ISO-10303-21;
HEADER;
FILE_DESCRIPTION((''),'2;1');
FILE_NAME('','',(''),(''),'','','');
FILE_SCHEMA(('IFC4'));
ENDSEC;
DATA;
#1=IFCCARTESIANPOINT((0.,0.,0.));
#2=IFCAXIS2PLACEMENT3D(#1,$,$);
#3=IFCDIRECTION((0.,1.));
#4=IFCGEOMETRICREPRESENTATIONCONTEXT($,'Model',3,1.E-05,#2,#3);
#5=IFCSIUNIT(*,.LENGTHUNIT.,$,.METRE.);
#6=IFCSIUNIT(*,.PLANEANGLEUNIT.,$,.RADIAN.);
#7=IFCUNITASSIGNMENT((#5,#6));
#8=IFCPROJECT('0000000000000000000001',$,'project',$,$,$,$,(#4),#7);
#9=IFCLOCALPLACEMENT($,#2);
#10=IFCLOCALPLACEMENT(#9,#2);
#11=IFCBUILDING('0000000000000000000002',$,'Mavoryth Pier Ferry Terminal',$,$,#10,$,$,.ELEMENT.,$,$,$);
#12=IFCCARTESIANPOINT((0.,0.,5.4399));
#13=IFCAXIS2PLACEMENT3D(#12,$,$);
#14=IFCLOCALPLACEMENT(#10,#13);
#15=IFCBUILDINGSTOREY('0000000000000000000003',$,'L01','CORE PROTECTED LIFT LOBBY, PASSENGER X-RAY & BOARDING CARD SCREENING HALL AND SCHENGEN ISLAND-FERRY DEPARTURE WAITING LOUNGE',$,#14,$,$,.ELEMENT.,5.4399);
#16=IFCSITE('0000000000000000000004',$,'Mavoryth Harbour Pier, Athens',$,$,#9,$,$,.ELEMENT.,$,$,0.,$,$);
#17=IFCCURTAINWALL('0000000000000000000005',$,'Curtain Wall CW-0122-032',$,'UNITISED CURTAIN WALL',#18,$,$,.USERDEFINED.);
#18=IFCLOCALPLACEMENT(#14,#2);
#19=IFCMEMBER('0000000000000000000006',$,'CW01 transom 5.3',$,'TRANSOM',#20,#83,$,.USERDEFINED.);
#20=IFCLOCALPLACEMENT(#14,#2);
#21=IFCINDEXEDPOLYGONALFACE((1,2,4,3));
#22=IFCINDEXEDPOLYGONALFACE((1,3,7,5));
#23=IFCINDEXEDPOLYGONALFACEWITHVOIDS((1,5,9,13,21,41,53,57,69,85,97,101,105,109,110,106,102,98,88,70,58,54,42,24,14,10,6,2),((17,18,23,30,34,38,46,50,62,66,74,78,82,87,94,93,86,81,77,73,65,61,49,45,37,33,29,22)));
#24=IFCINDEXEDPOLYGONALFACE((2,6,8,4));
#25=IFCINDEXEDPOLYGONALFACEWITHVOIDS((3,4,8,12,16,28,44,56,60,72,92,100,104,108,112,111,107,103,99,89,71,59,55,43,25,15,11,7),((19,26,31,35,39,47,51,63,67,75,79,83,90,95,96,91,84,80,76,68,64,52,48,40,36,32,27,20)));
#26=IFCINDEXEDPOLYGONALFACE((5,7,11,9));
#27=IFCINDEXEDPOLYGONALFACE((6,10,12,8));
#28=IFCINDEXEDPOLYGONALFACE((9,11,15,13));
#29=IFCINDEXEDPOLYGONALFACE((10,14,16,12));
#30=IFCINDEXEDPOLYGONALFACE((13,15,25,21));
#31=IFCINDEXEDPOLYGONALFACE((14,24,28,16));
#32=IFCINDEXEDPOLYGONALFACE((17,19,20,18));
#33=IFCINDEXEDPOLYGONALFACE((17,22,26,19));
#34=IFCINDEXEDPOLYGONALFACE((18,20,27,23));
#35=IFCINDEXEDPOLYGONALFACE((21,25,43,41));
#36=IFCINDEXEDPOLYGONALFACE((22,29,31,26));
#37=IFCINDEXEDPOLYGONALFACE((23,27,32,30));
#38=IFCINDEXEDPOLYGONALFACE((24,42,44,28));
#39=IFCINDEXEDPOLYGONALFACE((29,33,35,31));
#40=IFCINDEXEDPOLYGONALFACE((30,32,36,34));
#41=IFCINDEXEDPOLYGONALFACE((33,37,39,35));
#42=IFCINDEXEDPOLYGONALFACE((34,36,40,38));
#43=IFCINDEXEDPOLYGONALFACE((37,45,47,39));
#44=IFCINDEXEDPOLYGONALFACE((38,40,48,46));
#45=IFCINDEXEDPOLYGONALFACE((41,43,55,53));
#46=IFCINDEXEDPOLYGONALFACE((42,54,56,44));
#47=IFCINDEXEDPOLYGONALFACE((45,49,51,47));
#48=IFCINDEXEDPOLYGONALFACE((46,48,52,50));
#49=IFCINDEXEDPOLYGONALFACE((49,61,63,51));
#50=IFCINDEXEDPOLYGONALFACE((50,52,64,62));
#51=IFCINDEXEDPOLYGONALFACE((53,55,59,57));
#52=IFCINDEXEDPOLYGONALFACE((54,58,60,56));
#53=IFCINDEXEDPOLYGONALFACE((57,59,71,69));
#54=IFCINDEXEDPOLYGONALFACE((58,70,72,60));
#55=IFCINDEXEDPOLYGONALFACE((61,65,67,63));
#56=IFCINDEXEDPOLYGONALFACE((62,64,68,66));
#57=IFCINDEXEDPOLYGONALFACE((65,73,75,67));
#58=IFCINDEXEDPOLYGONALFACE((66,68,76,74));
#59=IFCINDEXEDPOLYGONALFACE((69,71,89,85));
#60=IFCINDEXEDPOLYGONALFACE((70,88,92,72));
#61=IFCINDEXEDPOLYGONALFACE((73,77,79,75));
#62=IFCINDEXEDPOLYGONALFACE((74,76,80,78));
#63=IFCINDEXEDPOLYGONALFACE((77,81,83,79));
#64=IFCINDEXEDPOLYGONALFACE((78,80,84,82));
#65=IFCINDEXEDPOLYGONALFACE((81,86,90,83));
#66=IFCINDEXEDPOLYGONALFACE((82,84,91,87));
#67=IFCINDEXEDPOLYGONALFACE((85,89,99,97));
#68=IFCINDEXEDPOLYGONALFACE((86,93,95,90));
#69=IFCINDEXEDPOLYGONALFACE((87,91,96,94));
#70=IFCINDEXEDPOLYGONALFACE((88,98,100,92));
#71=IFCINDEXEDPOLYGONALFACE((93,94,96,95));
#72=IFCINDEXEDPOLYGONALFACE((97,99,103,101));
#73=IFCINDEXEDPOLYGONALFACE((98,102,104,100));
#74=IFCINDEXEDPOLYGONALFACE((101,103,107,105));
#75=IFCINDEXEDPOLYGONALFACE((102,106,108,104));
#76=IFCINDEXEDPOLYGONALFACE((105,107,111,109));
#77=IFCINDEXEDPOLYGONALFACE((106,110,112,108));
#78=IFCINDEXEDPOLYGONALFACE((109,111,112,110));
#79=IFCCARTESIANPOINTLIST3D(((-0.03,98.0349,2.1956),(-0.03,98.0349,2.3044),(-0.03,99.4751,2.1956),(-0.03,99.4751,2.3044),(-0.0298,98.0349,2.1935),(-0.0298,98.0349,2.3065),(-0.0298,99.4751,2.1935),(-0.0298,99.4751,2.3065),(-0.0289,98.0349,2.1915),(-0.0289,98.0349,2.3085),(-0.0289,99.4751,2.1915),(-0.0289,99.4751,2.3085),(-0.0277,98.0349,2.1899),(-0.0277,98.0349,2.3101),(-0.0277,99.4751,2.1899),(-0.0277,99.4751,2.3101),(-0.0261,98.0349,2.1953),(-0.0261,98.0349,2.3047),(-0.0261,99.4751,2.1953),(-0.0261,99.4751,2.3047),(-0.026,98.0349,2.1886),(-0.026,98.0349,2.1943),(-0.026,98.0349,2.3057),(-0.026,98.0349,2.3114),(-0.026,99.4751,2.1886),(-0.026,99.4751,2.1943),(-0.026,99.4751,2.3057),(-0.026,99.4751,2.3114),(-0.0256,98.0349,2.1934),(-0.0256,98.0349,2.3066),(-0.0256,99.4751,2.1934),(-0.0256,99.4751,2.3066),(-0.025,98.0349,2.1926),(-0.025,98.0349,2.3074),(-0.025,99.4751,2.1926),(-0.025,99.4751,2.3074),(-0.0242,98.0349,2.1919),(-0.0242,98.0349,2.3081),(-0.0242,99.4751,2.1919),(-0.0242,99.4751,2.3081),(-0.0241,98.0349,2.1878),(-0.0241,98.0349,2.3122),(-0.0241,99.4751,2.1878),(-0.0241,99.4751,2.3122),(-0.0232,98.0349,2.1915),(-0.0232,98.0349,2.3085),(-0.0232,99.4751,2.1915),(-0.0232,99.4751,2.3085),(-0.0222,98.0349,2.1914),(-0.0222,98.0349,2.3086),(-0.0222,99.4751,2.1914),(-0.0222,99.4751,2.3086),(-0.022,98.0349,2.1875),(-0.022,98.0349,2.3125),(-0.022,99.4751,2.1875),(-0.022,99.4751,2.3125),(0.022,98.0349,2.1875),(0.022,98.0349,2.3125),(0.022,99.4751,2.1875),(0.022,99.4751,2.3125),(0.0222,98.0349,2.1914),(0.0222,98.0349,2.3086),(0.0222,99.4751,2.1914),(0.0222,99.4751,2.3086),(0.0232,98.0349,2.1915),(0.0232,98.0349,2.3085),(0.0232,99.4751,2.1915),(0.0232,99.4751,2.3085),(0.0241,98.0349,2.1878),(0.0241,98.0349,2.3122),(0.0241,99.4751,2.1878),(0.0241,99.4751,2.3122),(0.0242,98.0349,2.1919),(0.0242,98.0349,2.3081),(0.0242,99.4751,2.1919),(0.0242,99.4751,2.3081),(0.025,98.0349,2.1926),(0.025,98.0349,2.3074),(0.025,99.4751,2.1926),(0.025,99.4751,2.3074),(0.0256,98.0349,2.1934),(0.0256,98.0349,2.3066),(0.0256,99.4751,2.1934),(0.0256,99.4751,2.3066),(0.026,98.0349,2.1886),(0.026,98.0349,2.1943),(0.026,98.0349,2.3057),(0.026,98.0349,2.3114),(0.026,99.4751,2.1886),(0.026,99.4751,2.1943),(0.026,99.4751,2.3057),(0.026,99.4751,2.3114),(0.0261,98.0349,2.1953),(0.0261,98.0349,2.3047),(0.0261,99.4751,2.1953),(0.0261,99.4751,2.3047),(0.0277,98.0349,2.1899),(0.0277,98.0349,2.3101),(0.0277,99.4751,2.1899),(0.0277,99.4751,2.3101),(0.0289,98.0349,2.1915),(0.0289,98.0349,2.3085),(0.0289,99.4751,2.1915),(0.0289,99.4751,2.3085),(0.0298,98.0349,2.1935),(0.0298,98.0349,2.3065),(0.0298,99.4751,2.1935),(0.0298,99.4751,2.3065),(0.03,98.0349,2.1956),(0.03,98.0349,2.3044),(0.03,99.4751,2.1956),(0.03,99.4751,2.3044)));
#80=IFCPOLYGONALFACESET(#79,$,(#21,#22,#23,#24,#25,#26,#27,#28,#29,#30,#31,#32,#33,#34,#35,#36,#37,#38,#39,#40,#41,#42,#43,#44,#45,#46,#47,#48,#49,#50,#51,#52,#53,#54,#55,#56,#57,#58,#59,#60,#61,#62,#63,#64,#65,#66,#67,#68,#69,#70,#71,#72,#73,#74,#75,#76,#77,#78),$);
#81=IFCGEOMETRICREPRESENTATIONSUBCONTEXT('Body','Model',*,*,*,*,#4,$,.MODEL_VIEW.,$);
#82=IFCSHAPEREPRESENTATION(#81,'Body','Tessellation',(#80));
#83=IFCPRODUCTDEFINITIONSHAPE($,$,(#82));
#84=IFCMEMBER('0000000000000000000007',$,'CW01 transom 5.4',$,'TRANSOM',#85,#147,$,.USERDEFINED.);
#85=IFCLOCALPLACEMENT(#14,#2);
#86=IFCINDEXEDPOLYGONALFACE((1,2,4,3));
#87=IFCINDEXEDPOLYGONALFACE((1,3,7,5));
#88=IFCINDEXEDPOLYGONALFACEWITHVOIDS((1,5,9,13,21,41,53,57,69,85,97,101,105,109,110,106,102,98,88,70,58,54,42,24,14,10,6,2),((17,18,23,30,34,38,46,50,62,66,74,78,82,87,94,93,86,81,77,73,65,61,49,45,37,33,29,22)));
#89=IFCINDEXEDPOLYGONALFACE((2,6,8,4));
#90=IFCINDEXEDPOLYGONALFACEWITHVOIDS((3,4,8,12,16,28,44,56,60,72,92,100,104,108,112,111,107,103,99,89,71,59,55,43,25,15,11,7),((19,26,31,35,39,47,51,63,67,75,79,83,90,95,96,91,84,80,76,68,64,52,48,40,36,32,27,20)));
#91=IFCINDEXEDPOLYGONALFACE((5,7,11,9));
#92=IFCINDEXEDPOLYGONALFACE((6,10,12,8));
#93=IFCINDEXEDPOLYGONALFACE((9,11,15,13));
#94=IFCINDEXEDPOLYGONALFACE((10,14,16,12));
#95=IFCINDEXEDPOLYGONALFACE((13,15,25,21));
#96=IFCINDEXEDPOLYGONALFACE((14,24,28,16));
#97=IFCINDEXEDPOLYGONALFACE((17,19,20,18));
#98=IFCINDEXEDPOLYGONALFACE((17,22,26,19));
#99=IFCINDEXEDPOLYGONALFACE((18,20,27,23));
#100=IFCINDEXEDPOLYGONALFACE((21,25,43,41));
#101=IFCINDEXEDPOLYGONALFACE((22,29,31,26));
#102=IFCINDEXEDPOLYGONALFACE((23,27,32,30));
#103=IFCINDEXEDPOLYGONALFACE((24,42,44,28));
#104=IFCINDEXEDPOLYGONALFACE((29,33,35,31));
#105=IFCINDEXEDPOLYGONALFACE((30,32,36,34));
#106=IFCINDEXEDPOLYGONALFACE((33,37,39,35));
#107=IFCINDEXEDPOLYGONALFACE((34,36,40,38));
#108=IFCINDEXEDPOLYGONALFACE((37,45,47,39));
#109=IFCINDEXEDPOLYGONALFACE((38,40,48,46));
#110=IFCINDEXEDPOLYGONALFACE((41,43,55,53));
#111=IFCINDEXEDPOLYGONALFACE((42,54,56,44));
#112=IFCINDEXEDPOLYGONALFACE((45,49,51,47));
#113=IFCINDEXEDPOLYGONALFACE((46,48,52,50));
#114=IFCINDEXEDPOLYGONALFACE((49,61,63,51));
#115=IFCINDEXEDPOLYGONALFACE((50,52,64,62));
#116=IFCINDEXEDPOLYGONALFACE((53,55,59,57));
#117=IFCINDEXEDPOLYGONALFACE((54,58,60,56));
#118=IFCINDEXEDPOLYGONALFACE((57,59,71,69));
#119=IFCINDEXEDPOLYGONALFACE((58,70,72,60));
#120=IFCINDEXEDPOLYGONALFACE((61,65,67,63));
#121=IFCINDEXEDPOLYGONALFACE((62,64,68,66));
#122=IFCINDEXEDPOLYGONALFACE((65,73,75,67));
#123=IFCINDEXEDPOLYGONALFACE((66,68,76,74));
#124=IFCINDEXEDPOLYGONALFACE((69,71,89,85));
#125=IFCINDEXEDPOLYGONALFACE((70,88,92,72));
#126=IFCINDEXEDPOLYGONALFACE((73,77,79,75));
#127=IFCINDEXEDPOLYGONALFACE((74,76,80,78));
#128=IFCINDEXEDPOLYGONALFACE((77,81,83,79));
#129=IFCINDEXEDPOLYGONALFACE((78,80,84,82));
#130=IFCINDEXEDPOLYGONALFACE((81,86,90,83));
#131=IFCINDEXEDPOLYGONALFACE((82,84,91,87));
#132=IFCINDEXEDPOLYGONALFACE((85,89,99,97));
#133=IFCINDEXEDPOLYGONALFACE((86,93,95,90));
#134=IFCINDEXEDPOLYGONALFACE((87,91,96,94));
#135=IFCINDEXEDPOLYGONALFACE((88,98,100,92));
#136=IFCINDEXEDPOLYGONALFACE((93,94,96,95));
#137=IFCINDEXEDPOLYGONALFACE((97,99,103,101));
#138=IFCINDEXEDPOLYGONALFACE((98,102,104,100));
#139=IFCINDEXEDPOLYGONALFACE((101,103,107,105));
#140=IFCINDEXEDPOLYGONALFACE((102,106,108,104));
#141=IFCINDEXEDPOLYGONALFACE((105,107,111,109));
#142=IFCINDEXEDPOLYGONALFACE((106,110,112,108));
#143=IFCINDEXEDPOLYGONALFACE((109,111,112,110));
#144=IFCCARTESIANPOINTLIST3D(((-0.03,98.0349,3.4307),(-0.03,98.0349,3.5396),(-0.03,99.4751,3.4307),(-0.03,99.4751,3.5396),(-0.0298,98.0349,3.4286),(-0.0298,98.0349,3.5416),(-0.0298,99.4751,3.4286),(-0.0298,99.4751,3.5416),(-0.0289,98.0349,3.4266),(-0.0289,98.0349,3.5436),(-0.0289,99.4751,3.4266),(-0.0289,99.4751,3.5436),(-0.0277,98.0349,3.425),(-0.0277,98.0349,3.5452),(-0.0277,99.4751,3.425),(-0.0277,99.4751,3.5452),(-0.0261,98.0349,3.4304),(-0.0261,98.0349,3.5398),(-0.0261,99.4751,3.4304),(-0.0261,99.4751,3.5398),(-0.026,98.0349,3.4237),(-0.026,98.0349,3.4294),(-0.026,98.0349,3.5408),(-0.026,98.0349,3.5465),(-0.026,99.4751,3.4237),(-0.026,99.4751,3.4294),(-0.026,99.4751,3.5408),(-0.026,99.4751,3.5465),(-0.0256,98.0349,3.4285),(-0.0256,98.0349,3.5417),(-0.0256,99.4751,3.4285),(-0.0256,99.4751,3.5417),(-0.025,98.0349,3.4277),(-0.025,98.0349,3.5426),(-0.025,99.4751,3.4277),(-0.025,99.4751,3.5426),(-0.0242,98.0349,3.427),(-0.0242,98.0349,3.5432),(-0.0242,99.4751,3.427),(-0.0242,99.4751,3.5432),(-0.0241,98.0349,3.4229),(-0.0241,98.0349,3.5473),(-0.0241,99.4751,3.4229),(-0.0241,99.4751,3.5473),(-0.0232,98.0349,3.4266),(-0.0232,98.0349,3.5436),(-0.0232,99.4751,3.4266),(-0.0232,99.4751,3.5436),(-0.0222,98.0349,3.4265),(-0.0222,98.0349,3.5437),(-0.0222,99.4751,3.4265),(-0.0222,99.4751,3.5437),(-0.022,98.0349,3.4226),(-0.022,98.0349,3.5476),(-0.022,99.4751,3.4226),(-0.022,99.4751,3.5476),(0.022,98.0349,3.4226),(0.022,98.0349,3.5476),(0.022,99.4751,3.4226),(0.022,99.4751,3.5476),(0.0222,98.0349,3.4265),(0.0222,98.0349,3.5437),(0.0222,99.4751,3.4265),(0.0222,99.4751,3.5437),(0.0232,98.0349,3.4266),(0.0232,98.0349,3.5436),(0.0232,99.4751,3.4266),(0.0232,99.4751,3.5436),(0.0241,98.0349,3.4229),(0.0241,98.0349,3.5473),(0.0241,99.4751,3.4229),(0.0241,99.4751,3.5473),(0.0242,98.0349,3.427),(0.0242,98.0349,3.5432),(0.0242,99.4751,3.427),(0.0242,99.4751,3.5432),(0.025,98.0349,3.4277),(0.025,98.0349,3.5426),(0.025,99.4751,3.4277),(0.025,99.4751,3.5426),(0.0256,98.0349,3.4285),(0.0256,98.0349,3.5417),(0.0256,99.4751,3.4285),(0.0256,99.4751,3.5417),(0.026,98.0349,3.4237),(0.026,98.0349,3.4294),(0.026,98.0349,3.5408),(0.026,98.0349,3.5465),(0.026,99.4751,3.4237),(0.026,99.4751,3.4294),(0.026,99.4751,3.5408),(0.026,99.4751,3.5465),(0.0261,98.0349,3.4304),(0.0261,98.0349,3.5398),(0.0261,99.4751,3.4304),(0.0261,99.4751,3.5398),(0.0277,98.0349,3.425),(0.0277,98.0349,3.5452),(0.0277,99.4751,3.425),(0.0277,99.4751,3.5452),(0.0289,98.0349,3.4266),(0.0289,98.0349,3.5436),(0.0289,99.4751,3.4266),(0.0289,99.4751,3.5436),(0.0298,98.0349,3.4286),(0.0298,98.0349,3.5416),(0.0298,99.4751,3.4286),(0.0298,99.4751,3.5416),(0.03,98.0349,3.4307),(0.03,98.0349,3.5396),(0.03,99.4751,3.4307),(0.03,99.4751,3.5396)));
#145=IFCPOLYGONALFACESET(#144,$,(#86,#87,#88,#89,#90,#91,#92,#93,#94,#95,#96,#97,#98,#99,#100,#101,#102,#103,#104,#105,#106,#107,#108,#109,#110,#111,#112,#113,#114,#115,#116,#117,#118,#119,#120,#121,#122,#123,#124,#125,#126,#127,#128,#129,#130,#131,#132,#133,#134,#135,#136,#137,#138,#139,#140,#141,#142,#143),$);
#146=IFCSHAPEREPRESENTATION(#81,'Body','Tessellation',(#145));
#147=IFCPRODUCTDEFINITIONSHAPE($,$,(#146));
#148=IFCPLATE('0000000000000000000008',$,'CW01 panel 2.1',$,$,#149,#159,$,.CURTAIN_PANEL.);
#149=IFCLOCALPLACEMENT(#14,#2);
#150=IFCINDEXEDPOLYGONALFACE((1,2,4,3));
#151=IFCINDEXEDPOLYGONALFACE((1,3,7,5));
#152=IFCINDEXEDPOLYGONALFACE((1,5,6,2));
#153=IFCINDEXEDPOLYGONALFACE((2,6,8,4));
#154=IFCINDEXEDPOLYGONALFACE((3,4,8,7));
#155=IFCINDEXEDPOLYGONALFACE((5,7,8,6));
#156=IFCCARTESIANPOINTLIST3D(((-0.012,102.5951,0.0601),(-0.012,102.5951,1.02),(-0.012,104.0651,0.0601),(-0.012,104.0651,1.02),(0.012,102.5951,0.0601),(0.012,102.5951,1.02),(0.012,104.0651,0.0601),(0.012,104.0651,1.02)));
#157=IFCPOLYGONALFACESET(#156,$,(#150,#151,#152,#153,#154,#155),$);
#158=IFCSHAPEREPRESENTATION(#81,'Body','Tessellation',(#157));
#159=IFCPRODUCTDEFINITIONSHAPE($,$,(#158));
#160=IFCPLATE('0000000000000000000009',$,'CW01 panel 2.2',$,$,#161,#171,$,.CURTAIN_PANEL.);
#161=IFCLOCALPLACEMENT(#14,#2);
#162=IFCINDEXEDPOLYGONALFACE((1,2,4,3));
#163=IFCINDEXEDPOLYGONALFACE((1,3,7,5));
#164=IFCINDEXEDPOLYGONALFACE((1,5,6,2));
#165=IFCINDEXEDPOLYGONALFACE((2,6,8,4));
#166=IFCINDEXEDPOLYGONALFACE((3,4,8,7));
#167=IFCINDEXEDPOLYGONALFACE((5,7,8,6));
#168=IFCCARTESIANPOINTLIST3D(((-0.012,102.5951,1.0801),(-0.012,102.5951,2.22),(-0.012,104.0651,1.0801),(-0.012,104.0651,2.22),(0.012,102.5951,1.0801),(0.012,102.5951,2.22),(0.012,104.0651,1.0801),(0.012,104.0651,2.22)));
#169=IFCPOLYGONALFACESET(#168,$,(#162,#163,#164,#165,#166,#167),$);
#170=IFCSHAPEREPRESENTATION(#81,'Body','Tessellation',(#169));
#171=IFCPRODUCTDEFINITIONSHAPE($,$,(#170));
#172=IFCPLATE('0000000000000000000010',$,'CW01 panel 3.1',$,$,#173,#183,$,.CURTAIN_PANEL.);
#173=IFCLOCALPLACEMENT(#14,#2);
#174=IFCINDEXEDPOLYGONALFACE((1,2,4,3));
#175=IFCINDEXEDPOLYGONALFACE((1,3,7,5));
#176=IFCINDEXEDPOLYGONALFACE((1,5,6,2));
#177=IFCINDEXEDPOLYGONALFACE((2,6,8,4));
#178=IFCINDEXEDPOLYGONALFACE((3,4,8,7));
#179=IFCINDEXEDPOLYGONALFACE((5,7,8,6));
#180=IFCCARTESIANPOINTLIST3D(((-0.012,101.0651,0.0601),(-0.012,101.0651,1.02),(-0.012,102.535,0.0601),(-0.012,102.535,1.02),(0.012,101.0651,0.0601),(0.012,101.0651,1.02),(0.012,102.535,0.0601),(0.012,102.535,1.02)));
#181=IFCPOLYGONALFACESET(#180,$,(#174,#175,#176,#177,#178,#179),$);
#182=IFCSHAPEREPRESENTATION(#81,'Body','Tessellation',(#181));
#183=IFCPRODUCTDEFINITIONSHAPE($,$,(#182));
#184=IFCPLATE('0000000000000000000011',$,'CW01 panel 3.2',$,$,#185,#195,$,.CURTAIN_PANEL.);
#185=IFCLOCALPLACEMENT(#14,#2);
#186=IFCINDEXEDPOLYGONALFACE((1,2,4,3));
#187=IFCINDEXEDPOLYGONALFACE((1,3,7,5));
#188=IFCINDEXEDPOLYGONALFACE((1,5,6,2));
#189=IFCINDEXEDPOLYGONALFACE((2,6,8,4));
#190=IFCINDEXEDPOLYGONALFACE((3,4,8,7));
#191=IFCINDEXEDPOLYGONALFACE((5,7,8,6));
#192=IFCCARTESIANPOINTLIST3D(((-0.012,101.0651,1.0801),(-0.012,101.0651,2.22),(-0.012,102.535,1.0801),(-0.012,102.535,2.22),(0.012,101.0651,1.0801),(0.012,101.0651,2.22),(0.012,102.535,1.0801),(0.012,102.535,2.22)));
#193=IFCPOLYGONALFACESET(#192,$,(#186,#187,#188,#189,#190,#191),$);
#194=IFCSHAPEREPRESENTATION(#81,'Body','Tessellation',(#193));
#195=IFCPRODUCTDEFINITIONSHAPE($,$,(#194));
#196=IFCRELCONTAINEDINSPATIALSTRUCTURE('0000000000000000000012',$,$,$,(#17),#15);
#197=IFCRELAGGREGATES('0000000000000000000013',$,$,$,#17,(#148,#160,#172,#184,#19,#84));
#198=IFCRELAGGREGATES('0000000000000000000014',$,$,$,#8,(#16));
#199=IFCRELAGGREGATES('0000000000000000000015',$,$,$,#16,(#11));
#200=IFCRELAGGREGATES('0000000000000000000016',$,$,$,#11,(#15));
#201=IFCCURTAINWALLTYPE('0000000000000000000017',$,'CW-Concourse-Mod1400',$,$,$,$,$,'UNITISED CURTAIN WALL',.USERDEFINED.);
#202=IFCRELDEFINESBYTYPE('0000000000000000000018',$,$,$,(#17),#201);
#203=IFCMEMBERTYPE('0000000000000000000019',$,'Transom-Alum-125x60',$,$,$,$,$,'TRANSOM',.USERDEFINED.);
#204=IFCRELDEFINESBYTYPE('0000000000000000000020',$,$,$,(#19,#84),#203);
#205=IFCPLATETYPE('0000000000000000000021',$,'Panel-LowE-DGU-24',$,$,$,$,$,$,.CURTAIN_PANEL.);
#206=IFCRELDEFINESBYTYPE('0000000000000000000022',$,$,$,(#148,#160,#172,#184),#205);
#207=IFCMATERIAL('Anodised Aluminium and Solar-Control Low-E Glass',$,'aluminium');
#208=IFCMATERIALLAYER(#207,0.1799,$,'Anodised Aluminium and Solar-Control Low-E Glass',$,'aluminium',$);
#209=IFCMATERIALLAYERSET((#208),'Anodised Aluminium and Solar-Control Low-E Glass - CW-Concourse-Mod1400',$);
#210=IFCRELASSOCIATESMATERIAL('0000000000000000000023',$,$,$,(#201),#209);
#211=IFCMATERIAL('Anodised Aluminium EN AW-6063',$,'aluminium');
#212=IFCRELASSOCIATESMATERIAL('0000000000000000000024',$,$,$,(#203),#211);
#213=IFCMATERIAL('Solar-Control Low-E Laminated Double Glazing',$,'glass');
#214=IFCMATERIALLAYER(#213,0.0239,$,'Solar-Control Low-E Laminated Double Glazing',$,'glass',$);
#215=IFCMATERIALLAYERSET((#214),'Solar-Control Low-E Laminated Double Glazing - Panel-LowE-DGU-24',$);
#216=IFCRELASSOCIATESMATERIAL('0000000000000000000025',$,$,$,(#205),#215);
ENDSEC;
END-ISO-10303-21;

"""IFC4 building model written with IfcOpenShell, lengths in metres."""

from ifc_helpers import new_model, si_unit, direction, frame, origin, origin_2d, place, context, subcontext, project, spatial, rectangle, hollow_rectangle, extrude, material, layer, layer_set, material_profile, profile_set, type_object, element, aggregate, save


model = new_model("IFC4")

# Units and contexts
model_context = context("Model", 3, precision=1e-05, world=origin(), true_north=direction((0.0, 1.0)))
body_context = subcontext(model_context, "Body", "Model", "MODEL_VIEW")
ifc_project = project(units=[si_unit("LENGTHUNIT", "METRE"), si_unit("PLANEANGLEUNIT", "RADIAN")], contexts=[model_context])

# Site, building, storey
site_placement = place(None, origin())
site = spatial("IfcSite", under=ifc_project, at=site_placement, Name="Mavoryth Harbour Pier, Athens", CompositionType="ELEMENT", RefElevation=0.0)
building_placement = place(site_placement, origin())
building = spatial("IfcBuilding", under=site, at=building_placement, Name="Mavoryth Pier Ferry Terminal", CompositionType="ELEMENT")
storey_placement = place(building_placement, frame((0.0, 0.0, 5.4399)))
storey = spatial("IfcBuildingStorey", under=building, at=storey_placement, Name="L01", Description="CORE PROTECTED LIFT LOBBY, PASSENGER X-RAY & BOARDING CARD SCREENING HALL AND SCHENGEN ISLAND-FERRY DEPARTURE WAITING LOUNGE", CompositionType="ELEMENT", Elevation=5.4399)

# Curtain wall
ifc_material_1 = material(Name="Anodised Aluminium and Solar-Control Low-E Glass", Category="aluminium")
ifc_layer_1 = layer(ifc_material_1, 0.1799, Name="Anodised Aluminium and Solar-Control Low-E Glass", Category="aluminium")
ifc_layer_set_1 = layer_set([ifc_layer_1], Name="Anodised Aluminium and Solar-Control Low-E Glass - CW-Concourse-Mod1400")
curtain_wall_type = type_object("IfcCurtainWallType", Name="CW-Concourse-Mod1400", ElementType="UNITISED CURTAIN WALL", PredefinedType="USERDEFINED", material=ifc_layer_set_1)
curtain_wall_placement = place(storey_placement, origin())
curtain_wall = element("IfcCurtainWall", 1, at=curtain_wall_placement, inside=storey, type_object=curtain_wall_type, Name="Curtain Wall CW-0122-032", ObjectType="UNITISED CURTAIN WALL", PredefinedType="USERDEFINED")
ifc_material_2 = material(Name="Anodised Aluminium EN AW-6063", Category="aluminium")

# Members
ifc_material_profile_1 = material_profile(ifc_material_2, hollow_rectangle(XDim=0.0601, YDim=0.125, WallThickness=0.0039, InnerFilletRadius=0.0039, OuterFilletRadius=0.0081, at=origin_2d()), Name="AL-TRAN 125x60x4", Category="aluminium")
ifc_profile_set_1 = profile_set([ifc_material_profile_1], Name="Anodised Aluminium EN AW-6063 - AL-TRAN 125x60x4")
member_type_1 = type_object("IfcMemberType", Name="Transom-Alum-125x60", ElementType="TRANSOM", PredefinedType="USERDEFINED", material=ifc_profile_set_1)
member_1_placement = place(storey_placement, frame((0.0, 99.4751, 2.25), z_axis=(0.0, -1.0, 0.0), x_axis=(1.0, 0.0, 0.0)))
member_1 = element("IfcMember", 2, at=member_1_placement, type_object=member_type_1, Name="CW01 transom 5.3", ObjectType="TRANSOM", PredefinedType="USERDEFINED", context=body_context, shape_type="SweptSolid", body=[
    extrude(hollow_rectangle(XDim=0.0601, YDim=0.125, WallThickness=0.0039, InnerFilletRadius=0.0039, OuterFilletRadius=0.0081, at=origin_2d()), origin(), (0.0, 0.0, 1.0), 1.4402),
])
member_2_placement = place(storey_placement, frame((0.0, 99.4751, 3.4851), z_axis=(0.0, -1.0, 0.0), x_axis=(1.0, 0.0, 0.0)))
member_2 = element("IfcMember", 3, at=member_2_placement, type_object=member_type_1, Name="CW01 transom 5.4", ObjectType="TRANSOM", PredefinedType="USERDEFINED", context=body_context, shape_type="SweptSolid", body=[
    extrude(hollow_rectangle(XDim=0.0601, YDim=0.125, WallThickness=0.0039, InnerFilletRadius=0.0039, OuterFilletRadius=0.0081, at=origin_2d()), origin(), (0.0, 0.0, 1.0), 1.4402),
])

# Plates
ifc_material_3 = material(Name="Solar-Control Low-E Laminated Double Glazing", Category="glass")
ifc_layer_2 = layer(ifc_material_3, 0.0239, Name="Solar-Control Low-E Laminated Double Glazing", Category="glass")
ifc_layer_set_2 = layer_set([ifc_layer_2], Name="Solar-Control Low-E Laminated Double Glazing - Panel-LowE-DGU-24")
plate_type = type_object("IfcPlateType", Name="Panel-LowE-DGU-24", PredefinedType="CURTAIN_PANEL", material=ifc_layer_set_2)
plate_1_placement = place(storey_placement, frame((0.0, 103.3301, 0.0601), z_axis=(0.0, 0.0, 1.0), x_axis=(0.0, -1.0, 0.0)))
plate_1 = element("IfcPlate", 4, at=plate_1_placement, type_object=plate_type, Name="CW01 panel 2.1", PredefinedType="CURTAIN_PANEL", context=body_context, shape_type="SweptSolid", body=[
    extrude(rectangle(XDim=1.47, YDim=0.0239, at=origin_2d()), origin(), (0.0, 0.0, 1.0), 0.96),
])
plate_2_placement = place(storey_placement, frame((0.0, 103.3301, 1.0801), z_axis=(0.0, 0.0, 1.0), x_axis=(0.0, -1.0, 0.0)))
plate_2 = element("IfcPlate", 5, at=plate_2_placement, type_object=plate_type, Name="CW01 panel 2.2", PredefinedType="CURTAIN_PANEL", context=body_context, shape_type="SweptSolid", body=[
    extrude(rectangle(XDim=1.47, YDim=0.0239, at=origin_2d()), origin(), (0.0, 0.0, 1.0), 1.1399),
])
plate_3_placement = place(storey_placement, frame((0.0, 101.8, 0.0601), z_axis=(0.0, 0.0, 1.0), x_axis=(0.0, -1.0, 0.0)))
plate_3 = element("IfcPlate", 6, at=plate_3_placement, type_object=plate_type, Name="CW01 panel 3.1", PredefinedType="CURTAIN_PANEL", context=body_context, shape_type="SweptSolid", body=[
    extrude(rectangle(XDim=1.47, YDim=0.0239, at=origin_2d()), origin(), (0.0, 0.0, 1.0), 0.96),
])
plate_4_placement = place(storey_placement, frame((0.0, 101.8, 1.0801), z_axis=(0.0, 0.0, 1.0), x_axis=(0.0, -1.0, 0.0)))
plate_4 = element("IfcPlate", 7, at=plate_4_placement, type_object=plate_type, Name="CW01 panel 3.2", PredefinedType="CURTAIN_PANEL", context=body_context, shape_type="SweptSolid", body=[
    extrude(rectangle(XDim=1.47, YDim=0.0239, at=origin_2d()), origin(), (0.0, 0.0, 1.0), 1.1399),
])
aggregate(curtain_wall, [plate_1, plate_2, plate_3, plate_4, member_1, member_2])

save(model, "model.ifc")
